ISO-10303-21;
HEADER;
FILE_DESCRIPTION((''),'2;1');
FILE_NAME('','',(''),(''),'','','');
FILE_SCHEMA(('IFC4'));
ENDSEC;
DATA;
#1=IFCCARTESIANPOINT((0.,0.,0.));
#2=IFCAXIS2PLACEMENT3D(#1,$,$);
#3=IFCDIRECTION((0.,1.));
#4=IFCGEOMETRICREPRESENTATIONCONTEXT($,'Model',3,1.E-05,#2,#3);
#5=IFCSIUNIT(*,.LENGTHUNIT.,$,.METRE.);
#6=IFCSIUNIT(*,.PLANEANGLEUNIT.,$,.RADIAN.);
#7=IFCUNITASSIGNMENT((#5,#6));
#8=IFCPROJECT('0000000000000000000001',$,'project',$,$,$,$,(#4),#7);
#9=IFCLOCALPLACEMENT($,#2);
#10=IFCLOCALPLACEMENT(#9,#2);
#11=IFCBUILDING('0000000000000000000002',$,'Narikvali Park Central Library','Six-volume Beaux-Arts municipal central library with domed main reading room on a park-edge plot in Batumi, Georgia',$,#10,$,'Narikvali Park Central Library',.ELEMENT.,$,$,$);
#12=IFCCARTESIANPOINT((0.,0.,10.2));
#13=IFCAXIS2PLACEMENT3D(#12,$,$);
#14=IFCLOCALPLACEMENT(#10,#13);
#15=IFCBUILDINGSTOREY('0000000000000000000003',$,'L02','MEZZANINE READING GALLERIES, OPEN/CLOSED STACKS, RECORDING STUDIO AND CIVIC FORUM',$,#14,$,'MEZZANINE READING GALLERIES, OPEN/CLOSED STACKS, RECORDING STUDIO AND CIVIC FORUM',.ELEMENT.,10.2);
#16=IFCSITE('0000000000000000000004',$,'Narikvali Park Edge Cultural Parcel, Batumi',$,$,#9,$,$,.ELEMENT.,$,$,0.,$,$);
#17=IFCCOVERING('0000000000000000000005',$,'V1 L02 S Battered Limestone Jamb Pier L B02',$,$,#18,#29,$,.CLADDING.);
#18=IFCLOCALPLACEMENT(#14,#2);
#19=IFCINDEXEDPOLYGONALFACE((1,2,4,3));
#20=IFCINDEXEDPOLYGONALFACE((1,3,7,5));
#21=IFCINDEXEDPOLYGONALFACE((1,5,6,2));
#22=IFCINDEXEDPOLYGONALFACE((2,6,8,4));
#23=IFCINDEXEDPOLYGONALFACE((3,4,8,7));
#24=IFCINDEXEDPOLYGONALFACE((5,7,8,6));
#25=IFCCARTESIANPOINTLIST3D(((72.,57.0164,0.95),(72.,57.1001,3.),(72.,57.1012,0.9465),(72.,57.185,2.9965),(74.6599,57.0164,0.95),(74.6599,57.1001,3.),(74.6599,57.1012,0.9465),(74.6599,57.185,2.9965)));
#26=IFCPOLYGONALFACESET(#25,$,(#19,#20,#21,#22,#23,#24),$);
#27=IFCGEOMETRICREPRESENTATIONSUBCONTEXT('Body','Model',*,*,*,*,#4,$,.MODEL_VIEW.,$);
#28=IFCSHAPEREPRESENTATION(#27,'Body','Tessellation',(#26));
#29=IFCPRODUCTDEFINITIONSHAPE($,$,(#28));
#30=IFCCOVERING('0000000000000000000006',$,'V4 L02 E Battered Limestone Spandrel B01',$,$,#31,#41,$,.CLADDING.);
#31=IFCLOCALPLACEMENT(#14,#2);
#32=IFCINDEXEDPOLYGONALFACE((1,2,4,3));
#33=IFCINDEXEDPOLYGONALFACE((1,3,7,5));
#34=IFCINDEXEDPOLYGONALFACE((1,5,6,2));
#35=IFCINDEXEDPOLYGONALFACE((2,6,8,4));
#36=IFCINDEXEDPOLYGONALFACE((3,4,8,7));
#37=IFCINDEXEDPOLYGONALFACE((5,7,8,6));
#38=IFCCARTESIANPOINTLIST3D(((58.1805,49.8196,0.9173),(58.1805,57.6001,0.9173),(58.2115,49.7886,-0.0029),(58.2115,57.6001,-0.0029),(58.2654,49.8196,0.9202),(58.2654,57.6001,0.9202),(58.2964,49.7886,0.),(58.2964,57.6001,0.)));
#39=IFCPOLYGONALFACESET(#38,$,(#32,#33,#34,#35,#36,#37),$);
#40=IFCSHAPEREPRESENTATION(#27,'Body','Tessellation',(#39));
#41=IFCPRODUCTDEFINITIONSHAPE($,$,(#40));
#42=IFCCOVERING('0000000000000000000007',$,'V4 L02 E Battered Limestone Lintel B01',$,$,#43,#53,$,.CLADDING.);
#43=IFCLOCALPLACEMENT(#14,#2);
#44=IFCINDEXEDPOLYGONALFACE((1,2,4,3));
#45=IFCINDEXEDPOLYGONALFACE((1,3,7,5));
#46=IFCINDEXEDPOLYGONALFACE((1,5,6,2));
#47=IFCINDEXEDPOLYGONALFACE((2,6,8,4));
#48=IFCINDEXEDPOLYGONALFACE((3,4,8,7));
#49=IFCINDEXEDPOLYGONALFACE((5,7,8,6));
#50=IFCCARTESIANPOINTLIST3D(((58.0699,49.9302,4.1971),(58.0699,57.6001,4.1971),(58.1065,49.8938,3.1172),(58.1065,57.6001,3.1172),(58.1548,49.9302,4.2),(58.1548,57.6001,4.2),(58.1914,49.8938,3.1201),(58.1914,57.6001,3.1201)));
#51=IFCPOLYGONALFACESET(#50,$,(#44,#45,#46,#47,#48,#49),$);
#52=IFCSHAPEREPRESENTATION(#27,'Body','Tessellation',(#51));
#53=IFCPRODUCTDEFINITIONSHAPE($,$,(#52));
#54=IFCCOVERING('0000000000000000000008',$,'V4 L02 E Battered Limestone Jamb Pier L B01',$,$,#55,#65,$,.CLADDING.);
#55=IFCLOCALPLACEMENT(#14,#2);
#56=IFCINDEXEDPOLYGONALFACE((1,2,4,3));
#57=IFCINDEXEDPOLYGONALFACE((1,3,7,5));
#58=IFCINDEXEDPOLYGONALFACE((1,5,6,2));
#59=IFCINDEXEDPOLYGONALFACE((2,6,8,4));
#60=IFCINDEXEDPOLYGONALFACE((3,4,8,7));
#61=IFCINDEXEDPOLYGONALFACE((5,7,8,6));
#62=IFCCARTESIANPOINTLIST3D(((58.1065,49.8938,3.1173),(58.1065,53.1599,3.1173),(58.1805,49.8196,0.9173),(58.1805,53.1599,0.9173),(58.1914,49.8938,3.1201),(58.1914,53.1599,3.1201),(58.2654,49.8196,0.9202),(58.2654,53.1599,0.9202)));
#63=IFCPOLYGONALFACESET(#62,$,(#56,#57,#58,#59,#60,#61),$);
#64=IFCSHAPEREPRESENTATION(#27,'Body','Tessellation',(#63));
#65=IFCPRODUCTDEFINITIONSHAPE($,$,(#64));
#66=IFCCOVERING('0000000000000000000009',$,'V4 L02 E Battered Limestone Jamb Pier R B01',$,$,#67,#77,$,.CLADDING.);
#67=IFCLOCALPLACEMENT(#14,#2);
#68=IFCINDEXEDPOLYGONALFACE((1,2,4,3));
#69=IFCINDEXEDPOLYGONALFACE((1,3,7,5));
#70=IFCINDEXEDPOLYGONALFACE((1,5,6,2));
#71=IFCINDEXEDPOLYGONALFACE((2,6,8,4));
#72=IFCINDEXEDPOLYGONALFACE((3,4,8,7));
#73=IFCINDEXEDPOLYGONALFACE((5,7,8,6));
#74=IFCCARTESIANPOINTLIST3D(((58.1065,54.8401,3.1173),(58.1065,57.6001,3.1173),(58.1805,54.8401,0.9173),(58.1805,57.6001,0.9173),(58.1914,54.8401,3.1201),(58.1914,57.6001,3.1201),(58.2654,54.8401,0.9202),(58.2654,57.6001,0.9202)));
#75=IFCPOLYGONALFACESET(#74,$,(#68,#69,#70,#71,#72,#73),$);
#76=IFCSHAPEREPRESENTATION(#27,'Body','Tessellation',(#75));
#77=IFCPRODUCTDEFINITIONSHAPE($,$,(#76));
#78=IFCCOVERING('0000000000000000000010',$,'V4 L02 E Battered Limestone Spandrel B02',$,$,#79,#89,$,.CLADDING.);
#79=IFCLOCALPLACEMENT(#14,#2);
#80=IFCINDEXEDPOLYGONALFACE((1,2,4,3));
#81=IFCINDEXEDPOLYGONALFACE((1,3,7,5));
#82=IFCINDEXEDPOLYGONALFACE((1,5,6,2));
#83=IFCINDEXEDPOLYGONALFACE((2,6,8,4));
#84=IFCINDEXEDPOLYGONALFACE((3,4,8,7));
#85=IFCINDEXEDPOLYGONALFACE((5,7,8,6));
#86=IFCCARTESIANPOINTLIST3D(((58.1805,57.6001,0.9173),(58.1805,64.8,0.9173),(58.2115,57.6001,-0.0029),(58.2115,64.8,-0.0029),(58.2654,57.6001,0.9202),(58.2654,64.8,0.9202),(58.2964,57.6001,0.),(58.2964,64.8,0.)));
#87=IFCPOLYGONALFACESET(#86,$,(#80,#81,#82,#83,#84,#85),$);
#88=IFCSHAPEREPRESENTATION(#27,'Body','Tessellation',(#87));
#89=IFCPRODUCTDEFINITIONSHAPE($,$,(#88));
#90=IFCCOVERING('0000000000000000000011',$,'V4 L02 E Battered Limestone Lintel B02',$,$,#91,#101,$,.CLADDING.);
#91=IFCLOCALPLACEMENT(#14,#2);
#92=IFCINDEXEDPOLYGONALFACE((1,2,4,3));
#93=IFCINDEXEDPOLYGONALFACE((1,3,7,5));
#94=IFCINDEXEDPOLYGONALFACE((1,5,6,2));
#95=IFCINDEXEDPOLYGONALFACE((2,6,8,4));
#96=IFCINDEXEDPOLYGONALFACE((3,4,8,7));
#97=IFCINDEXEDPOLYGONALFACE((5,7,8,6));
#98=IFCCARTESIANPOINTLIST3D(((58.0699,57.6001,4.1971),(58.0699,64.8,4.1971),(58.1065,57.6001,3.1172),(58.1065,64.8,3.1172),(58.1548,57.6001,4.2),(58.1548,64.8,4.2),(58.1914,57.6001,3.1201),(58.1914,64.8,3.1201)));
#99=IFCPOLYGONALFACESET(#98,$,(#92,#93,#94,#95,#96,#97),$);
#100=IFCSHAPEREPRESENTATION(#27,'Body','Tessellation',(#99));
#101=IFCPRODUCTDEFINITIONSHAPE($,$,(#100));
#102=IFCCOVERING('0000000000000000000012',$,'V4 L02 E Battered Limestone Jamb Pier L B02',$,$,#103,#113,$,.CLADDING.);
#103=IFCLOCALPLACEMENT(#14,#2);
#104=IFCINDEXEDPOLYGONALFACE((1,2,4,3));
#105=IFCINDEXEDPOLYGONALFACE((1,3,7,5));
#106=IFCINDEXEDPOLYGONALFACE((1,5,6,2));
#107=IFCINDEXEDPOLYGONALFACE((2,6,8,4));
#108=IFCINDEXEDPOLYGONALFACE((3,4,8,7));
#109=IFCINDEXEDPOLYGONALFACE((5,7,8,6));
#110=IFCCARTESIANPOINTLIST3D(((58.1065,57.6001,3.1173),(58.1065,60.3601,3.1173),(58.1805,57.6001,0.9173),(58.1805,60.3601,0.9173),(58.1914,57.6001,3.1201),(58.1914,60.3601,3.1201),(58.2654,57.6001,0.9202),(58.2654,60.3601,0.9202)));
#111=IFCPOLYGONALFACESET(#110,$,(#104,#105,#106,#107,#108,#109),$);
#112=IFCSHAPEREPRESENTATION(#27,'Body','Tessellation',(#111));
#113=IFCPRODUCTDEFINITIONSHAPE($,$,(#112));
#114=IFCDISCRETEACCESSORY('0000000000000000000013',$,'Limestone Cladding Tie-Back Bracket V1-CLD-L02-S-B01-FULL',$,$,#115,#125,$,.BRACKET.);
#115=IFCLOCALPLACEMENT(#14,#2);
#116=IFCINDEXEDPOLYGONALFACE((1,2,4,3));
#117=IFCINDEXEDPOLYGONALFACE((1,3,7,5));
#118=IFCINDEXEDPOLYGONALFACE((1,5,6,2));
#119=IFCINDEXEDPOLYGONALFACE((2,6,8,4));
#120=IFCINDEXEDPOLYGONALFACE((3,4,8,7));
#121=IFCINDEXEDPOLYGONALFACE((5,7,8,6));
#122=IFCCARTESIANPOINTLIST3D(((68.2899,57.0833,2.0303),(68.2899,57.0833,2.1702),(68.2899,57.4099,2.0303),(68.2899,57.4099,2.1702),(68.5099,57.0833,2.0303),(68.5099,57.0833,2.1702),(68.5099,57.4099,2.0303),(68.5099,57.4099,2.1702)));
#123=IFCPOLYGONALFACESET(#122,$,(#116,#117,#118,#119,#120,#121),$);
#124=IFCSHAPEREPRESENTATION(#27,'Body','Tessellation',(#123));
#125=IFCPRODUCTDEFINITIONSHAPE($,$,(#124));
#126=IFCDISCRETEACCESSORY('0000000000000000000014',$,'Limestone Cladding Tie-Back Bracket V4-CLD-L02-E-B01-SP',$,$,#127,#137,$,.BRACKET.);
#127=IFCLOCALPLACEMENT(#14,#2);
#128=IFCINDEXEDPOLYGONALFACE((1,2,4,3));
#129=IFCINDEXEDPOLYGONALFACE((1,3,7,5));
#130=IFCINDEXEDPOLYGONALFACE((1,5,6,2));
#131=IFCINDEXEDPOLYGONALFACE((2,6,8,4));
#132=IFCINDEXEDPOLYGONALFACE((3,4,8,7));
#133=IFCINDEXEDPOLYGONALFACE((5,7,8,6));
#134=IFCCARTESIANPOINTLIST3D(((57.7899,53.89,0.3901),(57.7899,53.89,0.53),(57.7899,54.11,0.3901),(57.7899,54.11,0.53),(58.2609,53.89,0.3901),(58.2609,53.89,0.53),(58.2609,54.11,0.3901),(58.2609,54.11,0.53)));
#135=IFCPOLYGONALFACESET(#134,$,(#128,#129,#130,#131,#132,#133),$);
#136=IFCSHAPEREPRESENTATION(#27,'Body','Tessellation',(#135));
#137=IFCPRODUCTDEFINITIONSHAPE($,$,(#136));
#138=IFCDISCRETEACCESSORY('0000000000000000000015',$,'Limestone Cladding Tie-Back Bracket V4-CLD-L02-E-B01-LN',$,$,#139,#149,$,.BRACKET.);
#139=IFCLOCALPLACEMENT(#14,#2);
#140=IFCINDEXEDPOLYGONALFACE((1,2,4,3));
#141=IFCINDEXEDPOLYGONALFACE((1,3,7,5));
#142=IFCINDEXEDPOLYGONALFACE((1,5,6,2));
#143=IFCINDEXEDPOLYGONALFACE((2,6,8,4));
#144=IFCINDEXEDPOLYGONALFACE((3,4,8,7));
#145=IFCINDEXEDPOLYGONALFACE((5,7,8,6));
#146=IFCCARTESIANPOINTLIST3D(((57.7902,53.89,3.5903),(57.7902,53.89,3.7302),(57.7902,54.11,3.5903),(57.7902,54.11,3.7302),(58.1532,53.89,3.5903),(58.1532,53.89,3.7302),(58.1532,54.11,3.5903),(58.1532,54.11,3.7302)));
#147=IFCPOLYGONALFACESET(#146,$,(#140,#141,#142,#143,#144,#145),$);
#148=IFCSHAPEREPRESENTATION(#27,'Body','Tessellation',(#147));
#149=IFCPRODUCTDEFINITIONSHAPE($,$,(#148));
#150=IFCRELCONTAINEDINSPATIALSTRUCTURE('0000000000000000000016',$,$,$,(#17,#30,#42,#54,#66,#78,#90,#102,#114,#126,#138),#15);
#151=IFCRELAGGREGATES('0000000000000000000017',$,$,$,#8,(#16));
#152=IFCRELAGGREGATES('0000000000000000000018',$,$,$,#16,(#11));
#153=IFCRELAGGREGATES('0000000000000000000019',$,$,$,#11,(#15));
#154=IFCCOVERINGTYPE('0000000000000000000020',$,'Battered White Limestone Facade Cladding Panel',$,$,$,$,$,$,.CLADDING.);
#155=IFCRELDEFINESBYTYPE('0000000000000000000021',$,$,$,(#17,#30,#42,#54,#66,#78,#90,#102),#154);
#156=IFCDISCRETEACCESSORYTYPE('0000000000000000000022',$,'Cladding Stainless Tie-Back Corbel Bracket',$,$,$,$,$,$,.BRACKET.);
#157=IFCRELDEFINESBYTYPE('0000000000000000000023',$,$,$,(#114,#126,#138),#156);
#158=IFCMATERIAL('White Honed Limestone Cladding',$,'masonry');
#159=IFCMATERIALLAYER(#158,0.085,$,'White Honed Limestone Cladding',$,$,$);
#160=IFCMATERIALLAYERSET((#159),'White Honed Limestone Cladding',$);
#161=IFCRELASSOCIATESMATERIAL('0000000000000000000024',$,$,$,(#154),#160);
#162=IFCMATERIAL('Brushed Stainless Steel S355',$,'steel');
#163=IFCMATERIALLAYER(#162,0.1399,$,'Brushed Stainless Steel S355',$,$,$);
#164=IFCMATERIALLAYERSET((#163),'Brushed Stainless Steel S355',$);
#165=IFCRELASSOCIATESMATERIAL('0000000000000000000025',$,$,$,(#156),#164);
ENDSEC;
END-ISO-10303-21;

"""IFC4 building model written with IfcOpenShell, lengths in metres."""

from ifc_helpers import new_model, si_unit, direction, frame, origin, origin_2d, place, context, subcontext, project, spatial, polyline, rectangle, outline, extrude, material, layer, layer_set, type_object, element, save


model = new_model("IFC4")

# Units and contexts
model_context = context("Model", 3, precision=1e-05, world=origin(), true_north=direction((0.0, 1.0)))
body_context = subcontext(model_context, "Body", "Model", "MODEL_VIEW")
ifc_project = project(units=[si_unit("LENGTHUNIT", "METRE"), si_unit("PLANEANGLEUNIT", "RADIAN")], contexts=[model_context])

# Site, building, storey
site_placement = place(None, origin())
site = spatial("IfcSite", under=ifc_project, at=site_placement, Name="Narikvali Park Edge Cultural Parcel, Batumi", CompositionType="ELEMENT", RefElevation=0.0)
building_placement = place(site_placement, origin())
building = spatial("IfcBuilding", under=site, at=building_placement, Name="Narikvali Park Central Library", Description="Six-volume Beaux-Arts municipal central library with domed main reading room on a park-edge plot in Batumi, Georgia", LongName="Narikvali Park Central Library", CompositionType="ELEMENT")
storey_placement = place(building_placement, frame((0.0, 0.0, 10.2)))
storey = spatial("IfcBuildingStorey", under=building, at=storey_placement, Name="L02", Description="MEZZANINE READING GALLERIES, OPEN/CLOSED STACKS, RECORDING STUDIO AND CIVIC FORUM", LongName="MEZZANINE READING GALLERIES, OPEN/CLOSED STACKS, RECORDING STUDIO AND CIVIC FORUM", CompositionType="ELEMENT", Elevation=10.2)

# Coverings
ifc_material_1 = material(Name="White Honed Limestone Cladding", Category="masonry")
ifc_layer_1 = layer(ifc_material_1, 0.085, Name="White Honed Limestone Cladding")
ifc_layer_set_1 = layer_set([ifc_layer_1], Name="White Honed Limestone Cladding")
covering_type = type_object("IfcCoveringType", Name="Battered White Limestone Facade Cladding Panel", PredefinedType="CLADDING", material=ifc_layer_set_1)
covering_1_placement = place(storey_placement, frame((72.0, 57.0164, 0.95), z_axis=(0.0, -0.999167, 0.040814), x_axis=(1.0, 0.0, 0.0)))
element("IfcCovering", 1, at=covering_1_placement, inside=storey, type_object=covering_type, Name="V1 L02 S Battered Limestone Jamb Pier L B02", PredefinedType="CLADDING", context=body_context, shape_type="SweptSolid", body=[
    extrude(outline(polyline([(0.0, 0.0), (2.6599, 0.0), (2.6599, 2.0518), (0.0, 2.0518), (0.0, 0.0)])), origin(), (0.0, 0.0, -1.0), 0.085),
])
covering_2_placement = place(storey_placement, frame((58.2964, 49.7886, 0.0), z_axis=(0.999433, 0.0, 0.033677), x_axis=(0.0, 1.0, 0.0)))
element("IfcCovering", 2, at=covering_2_placement, inside=storey, type_object=covering_type, Name="V4 L02 E Battered Limestone Spandrel B01", PredefinedType="CLADDING", context=body_context, shape_type="SweptSolid", body=[
    extrude(outline(polyline([(0.0, 0.0), (7.8115, 0.0), (7.8115, 0.9207), (0.031, 0.9207), (0.0, 0.0)])), origin(), (0.0, 0.0, -1.0), 0.085),
])
covering_3_placement = place(storey_placement, frame((58.1914, 49.8938, 3.1201), z_axis=(0.999425, 0.0, 0.033894), x_axis=(0.0, 1.0, 0.0)))
element("IfcCovering", 3, at=covering_3_placement, inside=storey, type_object=covering_type, Name="V4 L02 E Battered Limestone Lintel B01", PredefinedType="CLADDING", context=body_context, shape_type="SweptSolid", body=[
    extrude(outline(polyline([(0.0, 0.0), (7.7063, 0.0), (7.7063, 1.0805), (0.0364, 1.0805), (0.0, 0.0)])), origin(), (0.0, 0.0, -1.0), 0.085),
])
covering_4_placement = place(storey_placement, frame((58.2654, 49.8196, 0.9202), z_axis=(0.999435, 0.0, 0.033607), x_axis=(0.0, 1.0, 0.0)))
element("IfcCovering", 4, at=covering_4_placement, inside=storey, type_object=covering_type, Name="V4 L02 E Battered Limestone Jamb Pier L B01", PredefinedType="CLADDING", context=body_context, shape_type="SweptSolid", body=[
    extrude(outline(polyline([(0.0, 0.0), (3.3403, 0.0), (3.3403, 2.2012), (0.0742, 2.2012), (0.0, 0.0)])), origin(), (0.0, 0.0, -1.0), 0.085),
])
covering_5_placement = place(storey_placement, frame((58.2654, 54.8401, 0.9202), z_axis=(0.999435, 0.0, 0.033607), x_axis=(0.0, 1.0, 0.0)))
element("IfcCovering", 5, at=covering_5_placement, inside=storey, type_object=covering_type, Name="V4 L02 E Battered Limestone Jamb Pier R B01", PredefinedType="CLADDING", context=body_context, shape_type="SweptSolid", body=[
    extrude(outline(polyline([(0.0, 0.0), (2.76, 0.0), (2.76, 2.2012), (0.0, 2.2012), (0.0, 0.0)])), origin(), (0.0, 0.0, -1.0), 0.085),
])
covering_6_placement = place(storey_placement, frame((58.2964, 57.6001, 0.0), z_axis=(0.999433, 0.0, 0.033677), x_axis=(0.0, 1.0, 0.0)))
element("IfcCovering", 6, at=covering_6_placement, inside=storey, type_object=covering_type, Name="V4 L02 E Battered Limestone Spandrel B02", PredefinedType="CLADDING", context=body_context, shape_type="SweptSolid", body=[
    extrude(outline(polyline([(0.0, 0.0), (7.2, 0.0), (7.2, 0.9207), (0.0, 0.9207), (0.0, 0.0)])), origin(), (0.0, 0.0, -1.0), 0.085),
])
covering_7_placement = place(storey_placement, frame((58.1914, 57.6001, 3.1201), z_axis=(0.999425, 0.0, 0.033894), x_axis=(0.0, 1.0, 0.0)))
element("IfcCovering", 7, at=covering_7_placement, inside=storey, type_object=covering_type, Name="V4 L02 E Battered Limestone Lintel B02", PredefinedType="CLADDING", context=body_context, shape_type="SweptSolid", body=[
    extrude(outline(polyline([(0.0, 0.0), (7.2, 0.0), (7.2, 1.0805), (0.0, 1.0805), (0.0, 0.0)])), origin(), (0.0, 0.0, -1.0), 0.085),
])
covering_8_placement = place(storey_placement, frame((58.2654, 57.6001, 0.9202), z_axis=(0.999435, 0.0, 0.033607), x_axis=(0.0, 1.0, 0.0)))
element("IfcCovering", 8, at=covering_8_placement, inside=storey, type_object=covering_type, Name="V4 L02 E Battered Limestone Jamb Pier L B02", PredefinedType="CLADDING", context=body_context, shape_type="SweptSolid", body=[
    extrude(outline(polyline([(0.0, 0.0), (2.76, 0.0), (2.76, 2.2012), (0.0, 2.2012), (0.0, 0.0)])), origin(), (0.0, 0.0, -1.0), 0.085),
])

# Discrete accessories
ifc_material_2 = material(Name="Brushed Stainless Steel S355", Category="steel")
ifc_layer_2 = layer(ifc_material_2, 0.1399, Name="Brushed Stainless Steel S355")
ifc_layer_set_2 = layer_set([ifc_layer_2], Name="Brushed Stainless Steel S355")
discrete_accessory_type = type_object("IfcDiscreteAccessoryType", Name="Cladding Stainless Tie-Back Corbel Bracket", PredefinedType="BRACKET", material=ifc_layer_set_2)
discrete_accessory_1_placement = place(storey_placement, frame((68.3999, 57.2466, 2.0303), z_axis=(0.0, 0.0, 1.0), x_axis=(1.0, 0.0, 0.0)))
element("IfcDiscreteAccessory", 9, at=discrete_accessory_1_placement, inside=storey, type_object=discrete_accessory_type, Name="Limestone Cladding Tie-Back Bracket V1-CLD-L02-S-B01-FULL", PredefinedType="BRACKET", context=body_context, shape_type="SweptSolid", body=[
    extrude(rectangle(XDim=0.22, YDim=0.3267, at=origin_2d()), origin(), (0.0, 0.0, 1.0), 0.1399),
])
discrete_accessory_2_placement = place(storey_placement, frame((58.0254, 54.0, 0.3901), z_axis=(0.0, 0.0, 1.0), x_axis=(1.0, 0.0, 0.0)))
element("IfcDiscreteAccessory", 10, at=discrete_accessory_2_placement, inside=storey, type_object=discrete_accessory_type, Name="Limestone Cladding Tie-Back Bracket V4-CLD-L02-E-B01-SP", PredefinedType="BRACKET", context=body_context, shape_type="SweptSolid", body=[
    extrude(rectangle(XDim=0.4709, YDim=0.22, at=origin_2d()), origin(), (0.0, 0.0, 1.0), 0.1399),
])
discrete_accessory_3_placement = place(storey_placement, frame((57.9717, 54.0, 3.5903), z_axis=(0.0, 0.0, 1.0), x_axis=(1.0, 0.0, 0.0)))
element("IfcDiscreteAccessory", 11, at=discrete_accessory_3_placement, inside=storey, type_object=discrete_accessory_type, Name="Limestone Cladding Tie-Back Bracket V4-CLD-L02-E-B01-LN", PredefinedType="BRACKET", context=body_context, shape_type="SweptSolid", body=[
    extrude(rectangle(XDim=0.363, YDim=0.22, at=origin_2d()), origin(), (0.0, 0.0, 1.0), 0.1399),
])

save(model, "model.ifc")
